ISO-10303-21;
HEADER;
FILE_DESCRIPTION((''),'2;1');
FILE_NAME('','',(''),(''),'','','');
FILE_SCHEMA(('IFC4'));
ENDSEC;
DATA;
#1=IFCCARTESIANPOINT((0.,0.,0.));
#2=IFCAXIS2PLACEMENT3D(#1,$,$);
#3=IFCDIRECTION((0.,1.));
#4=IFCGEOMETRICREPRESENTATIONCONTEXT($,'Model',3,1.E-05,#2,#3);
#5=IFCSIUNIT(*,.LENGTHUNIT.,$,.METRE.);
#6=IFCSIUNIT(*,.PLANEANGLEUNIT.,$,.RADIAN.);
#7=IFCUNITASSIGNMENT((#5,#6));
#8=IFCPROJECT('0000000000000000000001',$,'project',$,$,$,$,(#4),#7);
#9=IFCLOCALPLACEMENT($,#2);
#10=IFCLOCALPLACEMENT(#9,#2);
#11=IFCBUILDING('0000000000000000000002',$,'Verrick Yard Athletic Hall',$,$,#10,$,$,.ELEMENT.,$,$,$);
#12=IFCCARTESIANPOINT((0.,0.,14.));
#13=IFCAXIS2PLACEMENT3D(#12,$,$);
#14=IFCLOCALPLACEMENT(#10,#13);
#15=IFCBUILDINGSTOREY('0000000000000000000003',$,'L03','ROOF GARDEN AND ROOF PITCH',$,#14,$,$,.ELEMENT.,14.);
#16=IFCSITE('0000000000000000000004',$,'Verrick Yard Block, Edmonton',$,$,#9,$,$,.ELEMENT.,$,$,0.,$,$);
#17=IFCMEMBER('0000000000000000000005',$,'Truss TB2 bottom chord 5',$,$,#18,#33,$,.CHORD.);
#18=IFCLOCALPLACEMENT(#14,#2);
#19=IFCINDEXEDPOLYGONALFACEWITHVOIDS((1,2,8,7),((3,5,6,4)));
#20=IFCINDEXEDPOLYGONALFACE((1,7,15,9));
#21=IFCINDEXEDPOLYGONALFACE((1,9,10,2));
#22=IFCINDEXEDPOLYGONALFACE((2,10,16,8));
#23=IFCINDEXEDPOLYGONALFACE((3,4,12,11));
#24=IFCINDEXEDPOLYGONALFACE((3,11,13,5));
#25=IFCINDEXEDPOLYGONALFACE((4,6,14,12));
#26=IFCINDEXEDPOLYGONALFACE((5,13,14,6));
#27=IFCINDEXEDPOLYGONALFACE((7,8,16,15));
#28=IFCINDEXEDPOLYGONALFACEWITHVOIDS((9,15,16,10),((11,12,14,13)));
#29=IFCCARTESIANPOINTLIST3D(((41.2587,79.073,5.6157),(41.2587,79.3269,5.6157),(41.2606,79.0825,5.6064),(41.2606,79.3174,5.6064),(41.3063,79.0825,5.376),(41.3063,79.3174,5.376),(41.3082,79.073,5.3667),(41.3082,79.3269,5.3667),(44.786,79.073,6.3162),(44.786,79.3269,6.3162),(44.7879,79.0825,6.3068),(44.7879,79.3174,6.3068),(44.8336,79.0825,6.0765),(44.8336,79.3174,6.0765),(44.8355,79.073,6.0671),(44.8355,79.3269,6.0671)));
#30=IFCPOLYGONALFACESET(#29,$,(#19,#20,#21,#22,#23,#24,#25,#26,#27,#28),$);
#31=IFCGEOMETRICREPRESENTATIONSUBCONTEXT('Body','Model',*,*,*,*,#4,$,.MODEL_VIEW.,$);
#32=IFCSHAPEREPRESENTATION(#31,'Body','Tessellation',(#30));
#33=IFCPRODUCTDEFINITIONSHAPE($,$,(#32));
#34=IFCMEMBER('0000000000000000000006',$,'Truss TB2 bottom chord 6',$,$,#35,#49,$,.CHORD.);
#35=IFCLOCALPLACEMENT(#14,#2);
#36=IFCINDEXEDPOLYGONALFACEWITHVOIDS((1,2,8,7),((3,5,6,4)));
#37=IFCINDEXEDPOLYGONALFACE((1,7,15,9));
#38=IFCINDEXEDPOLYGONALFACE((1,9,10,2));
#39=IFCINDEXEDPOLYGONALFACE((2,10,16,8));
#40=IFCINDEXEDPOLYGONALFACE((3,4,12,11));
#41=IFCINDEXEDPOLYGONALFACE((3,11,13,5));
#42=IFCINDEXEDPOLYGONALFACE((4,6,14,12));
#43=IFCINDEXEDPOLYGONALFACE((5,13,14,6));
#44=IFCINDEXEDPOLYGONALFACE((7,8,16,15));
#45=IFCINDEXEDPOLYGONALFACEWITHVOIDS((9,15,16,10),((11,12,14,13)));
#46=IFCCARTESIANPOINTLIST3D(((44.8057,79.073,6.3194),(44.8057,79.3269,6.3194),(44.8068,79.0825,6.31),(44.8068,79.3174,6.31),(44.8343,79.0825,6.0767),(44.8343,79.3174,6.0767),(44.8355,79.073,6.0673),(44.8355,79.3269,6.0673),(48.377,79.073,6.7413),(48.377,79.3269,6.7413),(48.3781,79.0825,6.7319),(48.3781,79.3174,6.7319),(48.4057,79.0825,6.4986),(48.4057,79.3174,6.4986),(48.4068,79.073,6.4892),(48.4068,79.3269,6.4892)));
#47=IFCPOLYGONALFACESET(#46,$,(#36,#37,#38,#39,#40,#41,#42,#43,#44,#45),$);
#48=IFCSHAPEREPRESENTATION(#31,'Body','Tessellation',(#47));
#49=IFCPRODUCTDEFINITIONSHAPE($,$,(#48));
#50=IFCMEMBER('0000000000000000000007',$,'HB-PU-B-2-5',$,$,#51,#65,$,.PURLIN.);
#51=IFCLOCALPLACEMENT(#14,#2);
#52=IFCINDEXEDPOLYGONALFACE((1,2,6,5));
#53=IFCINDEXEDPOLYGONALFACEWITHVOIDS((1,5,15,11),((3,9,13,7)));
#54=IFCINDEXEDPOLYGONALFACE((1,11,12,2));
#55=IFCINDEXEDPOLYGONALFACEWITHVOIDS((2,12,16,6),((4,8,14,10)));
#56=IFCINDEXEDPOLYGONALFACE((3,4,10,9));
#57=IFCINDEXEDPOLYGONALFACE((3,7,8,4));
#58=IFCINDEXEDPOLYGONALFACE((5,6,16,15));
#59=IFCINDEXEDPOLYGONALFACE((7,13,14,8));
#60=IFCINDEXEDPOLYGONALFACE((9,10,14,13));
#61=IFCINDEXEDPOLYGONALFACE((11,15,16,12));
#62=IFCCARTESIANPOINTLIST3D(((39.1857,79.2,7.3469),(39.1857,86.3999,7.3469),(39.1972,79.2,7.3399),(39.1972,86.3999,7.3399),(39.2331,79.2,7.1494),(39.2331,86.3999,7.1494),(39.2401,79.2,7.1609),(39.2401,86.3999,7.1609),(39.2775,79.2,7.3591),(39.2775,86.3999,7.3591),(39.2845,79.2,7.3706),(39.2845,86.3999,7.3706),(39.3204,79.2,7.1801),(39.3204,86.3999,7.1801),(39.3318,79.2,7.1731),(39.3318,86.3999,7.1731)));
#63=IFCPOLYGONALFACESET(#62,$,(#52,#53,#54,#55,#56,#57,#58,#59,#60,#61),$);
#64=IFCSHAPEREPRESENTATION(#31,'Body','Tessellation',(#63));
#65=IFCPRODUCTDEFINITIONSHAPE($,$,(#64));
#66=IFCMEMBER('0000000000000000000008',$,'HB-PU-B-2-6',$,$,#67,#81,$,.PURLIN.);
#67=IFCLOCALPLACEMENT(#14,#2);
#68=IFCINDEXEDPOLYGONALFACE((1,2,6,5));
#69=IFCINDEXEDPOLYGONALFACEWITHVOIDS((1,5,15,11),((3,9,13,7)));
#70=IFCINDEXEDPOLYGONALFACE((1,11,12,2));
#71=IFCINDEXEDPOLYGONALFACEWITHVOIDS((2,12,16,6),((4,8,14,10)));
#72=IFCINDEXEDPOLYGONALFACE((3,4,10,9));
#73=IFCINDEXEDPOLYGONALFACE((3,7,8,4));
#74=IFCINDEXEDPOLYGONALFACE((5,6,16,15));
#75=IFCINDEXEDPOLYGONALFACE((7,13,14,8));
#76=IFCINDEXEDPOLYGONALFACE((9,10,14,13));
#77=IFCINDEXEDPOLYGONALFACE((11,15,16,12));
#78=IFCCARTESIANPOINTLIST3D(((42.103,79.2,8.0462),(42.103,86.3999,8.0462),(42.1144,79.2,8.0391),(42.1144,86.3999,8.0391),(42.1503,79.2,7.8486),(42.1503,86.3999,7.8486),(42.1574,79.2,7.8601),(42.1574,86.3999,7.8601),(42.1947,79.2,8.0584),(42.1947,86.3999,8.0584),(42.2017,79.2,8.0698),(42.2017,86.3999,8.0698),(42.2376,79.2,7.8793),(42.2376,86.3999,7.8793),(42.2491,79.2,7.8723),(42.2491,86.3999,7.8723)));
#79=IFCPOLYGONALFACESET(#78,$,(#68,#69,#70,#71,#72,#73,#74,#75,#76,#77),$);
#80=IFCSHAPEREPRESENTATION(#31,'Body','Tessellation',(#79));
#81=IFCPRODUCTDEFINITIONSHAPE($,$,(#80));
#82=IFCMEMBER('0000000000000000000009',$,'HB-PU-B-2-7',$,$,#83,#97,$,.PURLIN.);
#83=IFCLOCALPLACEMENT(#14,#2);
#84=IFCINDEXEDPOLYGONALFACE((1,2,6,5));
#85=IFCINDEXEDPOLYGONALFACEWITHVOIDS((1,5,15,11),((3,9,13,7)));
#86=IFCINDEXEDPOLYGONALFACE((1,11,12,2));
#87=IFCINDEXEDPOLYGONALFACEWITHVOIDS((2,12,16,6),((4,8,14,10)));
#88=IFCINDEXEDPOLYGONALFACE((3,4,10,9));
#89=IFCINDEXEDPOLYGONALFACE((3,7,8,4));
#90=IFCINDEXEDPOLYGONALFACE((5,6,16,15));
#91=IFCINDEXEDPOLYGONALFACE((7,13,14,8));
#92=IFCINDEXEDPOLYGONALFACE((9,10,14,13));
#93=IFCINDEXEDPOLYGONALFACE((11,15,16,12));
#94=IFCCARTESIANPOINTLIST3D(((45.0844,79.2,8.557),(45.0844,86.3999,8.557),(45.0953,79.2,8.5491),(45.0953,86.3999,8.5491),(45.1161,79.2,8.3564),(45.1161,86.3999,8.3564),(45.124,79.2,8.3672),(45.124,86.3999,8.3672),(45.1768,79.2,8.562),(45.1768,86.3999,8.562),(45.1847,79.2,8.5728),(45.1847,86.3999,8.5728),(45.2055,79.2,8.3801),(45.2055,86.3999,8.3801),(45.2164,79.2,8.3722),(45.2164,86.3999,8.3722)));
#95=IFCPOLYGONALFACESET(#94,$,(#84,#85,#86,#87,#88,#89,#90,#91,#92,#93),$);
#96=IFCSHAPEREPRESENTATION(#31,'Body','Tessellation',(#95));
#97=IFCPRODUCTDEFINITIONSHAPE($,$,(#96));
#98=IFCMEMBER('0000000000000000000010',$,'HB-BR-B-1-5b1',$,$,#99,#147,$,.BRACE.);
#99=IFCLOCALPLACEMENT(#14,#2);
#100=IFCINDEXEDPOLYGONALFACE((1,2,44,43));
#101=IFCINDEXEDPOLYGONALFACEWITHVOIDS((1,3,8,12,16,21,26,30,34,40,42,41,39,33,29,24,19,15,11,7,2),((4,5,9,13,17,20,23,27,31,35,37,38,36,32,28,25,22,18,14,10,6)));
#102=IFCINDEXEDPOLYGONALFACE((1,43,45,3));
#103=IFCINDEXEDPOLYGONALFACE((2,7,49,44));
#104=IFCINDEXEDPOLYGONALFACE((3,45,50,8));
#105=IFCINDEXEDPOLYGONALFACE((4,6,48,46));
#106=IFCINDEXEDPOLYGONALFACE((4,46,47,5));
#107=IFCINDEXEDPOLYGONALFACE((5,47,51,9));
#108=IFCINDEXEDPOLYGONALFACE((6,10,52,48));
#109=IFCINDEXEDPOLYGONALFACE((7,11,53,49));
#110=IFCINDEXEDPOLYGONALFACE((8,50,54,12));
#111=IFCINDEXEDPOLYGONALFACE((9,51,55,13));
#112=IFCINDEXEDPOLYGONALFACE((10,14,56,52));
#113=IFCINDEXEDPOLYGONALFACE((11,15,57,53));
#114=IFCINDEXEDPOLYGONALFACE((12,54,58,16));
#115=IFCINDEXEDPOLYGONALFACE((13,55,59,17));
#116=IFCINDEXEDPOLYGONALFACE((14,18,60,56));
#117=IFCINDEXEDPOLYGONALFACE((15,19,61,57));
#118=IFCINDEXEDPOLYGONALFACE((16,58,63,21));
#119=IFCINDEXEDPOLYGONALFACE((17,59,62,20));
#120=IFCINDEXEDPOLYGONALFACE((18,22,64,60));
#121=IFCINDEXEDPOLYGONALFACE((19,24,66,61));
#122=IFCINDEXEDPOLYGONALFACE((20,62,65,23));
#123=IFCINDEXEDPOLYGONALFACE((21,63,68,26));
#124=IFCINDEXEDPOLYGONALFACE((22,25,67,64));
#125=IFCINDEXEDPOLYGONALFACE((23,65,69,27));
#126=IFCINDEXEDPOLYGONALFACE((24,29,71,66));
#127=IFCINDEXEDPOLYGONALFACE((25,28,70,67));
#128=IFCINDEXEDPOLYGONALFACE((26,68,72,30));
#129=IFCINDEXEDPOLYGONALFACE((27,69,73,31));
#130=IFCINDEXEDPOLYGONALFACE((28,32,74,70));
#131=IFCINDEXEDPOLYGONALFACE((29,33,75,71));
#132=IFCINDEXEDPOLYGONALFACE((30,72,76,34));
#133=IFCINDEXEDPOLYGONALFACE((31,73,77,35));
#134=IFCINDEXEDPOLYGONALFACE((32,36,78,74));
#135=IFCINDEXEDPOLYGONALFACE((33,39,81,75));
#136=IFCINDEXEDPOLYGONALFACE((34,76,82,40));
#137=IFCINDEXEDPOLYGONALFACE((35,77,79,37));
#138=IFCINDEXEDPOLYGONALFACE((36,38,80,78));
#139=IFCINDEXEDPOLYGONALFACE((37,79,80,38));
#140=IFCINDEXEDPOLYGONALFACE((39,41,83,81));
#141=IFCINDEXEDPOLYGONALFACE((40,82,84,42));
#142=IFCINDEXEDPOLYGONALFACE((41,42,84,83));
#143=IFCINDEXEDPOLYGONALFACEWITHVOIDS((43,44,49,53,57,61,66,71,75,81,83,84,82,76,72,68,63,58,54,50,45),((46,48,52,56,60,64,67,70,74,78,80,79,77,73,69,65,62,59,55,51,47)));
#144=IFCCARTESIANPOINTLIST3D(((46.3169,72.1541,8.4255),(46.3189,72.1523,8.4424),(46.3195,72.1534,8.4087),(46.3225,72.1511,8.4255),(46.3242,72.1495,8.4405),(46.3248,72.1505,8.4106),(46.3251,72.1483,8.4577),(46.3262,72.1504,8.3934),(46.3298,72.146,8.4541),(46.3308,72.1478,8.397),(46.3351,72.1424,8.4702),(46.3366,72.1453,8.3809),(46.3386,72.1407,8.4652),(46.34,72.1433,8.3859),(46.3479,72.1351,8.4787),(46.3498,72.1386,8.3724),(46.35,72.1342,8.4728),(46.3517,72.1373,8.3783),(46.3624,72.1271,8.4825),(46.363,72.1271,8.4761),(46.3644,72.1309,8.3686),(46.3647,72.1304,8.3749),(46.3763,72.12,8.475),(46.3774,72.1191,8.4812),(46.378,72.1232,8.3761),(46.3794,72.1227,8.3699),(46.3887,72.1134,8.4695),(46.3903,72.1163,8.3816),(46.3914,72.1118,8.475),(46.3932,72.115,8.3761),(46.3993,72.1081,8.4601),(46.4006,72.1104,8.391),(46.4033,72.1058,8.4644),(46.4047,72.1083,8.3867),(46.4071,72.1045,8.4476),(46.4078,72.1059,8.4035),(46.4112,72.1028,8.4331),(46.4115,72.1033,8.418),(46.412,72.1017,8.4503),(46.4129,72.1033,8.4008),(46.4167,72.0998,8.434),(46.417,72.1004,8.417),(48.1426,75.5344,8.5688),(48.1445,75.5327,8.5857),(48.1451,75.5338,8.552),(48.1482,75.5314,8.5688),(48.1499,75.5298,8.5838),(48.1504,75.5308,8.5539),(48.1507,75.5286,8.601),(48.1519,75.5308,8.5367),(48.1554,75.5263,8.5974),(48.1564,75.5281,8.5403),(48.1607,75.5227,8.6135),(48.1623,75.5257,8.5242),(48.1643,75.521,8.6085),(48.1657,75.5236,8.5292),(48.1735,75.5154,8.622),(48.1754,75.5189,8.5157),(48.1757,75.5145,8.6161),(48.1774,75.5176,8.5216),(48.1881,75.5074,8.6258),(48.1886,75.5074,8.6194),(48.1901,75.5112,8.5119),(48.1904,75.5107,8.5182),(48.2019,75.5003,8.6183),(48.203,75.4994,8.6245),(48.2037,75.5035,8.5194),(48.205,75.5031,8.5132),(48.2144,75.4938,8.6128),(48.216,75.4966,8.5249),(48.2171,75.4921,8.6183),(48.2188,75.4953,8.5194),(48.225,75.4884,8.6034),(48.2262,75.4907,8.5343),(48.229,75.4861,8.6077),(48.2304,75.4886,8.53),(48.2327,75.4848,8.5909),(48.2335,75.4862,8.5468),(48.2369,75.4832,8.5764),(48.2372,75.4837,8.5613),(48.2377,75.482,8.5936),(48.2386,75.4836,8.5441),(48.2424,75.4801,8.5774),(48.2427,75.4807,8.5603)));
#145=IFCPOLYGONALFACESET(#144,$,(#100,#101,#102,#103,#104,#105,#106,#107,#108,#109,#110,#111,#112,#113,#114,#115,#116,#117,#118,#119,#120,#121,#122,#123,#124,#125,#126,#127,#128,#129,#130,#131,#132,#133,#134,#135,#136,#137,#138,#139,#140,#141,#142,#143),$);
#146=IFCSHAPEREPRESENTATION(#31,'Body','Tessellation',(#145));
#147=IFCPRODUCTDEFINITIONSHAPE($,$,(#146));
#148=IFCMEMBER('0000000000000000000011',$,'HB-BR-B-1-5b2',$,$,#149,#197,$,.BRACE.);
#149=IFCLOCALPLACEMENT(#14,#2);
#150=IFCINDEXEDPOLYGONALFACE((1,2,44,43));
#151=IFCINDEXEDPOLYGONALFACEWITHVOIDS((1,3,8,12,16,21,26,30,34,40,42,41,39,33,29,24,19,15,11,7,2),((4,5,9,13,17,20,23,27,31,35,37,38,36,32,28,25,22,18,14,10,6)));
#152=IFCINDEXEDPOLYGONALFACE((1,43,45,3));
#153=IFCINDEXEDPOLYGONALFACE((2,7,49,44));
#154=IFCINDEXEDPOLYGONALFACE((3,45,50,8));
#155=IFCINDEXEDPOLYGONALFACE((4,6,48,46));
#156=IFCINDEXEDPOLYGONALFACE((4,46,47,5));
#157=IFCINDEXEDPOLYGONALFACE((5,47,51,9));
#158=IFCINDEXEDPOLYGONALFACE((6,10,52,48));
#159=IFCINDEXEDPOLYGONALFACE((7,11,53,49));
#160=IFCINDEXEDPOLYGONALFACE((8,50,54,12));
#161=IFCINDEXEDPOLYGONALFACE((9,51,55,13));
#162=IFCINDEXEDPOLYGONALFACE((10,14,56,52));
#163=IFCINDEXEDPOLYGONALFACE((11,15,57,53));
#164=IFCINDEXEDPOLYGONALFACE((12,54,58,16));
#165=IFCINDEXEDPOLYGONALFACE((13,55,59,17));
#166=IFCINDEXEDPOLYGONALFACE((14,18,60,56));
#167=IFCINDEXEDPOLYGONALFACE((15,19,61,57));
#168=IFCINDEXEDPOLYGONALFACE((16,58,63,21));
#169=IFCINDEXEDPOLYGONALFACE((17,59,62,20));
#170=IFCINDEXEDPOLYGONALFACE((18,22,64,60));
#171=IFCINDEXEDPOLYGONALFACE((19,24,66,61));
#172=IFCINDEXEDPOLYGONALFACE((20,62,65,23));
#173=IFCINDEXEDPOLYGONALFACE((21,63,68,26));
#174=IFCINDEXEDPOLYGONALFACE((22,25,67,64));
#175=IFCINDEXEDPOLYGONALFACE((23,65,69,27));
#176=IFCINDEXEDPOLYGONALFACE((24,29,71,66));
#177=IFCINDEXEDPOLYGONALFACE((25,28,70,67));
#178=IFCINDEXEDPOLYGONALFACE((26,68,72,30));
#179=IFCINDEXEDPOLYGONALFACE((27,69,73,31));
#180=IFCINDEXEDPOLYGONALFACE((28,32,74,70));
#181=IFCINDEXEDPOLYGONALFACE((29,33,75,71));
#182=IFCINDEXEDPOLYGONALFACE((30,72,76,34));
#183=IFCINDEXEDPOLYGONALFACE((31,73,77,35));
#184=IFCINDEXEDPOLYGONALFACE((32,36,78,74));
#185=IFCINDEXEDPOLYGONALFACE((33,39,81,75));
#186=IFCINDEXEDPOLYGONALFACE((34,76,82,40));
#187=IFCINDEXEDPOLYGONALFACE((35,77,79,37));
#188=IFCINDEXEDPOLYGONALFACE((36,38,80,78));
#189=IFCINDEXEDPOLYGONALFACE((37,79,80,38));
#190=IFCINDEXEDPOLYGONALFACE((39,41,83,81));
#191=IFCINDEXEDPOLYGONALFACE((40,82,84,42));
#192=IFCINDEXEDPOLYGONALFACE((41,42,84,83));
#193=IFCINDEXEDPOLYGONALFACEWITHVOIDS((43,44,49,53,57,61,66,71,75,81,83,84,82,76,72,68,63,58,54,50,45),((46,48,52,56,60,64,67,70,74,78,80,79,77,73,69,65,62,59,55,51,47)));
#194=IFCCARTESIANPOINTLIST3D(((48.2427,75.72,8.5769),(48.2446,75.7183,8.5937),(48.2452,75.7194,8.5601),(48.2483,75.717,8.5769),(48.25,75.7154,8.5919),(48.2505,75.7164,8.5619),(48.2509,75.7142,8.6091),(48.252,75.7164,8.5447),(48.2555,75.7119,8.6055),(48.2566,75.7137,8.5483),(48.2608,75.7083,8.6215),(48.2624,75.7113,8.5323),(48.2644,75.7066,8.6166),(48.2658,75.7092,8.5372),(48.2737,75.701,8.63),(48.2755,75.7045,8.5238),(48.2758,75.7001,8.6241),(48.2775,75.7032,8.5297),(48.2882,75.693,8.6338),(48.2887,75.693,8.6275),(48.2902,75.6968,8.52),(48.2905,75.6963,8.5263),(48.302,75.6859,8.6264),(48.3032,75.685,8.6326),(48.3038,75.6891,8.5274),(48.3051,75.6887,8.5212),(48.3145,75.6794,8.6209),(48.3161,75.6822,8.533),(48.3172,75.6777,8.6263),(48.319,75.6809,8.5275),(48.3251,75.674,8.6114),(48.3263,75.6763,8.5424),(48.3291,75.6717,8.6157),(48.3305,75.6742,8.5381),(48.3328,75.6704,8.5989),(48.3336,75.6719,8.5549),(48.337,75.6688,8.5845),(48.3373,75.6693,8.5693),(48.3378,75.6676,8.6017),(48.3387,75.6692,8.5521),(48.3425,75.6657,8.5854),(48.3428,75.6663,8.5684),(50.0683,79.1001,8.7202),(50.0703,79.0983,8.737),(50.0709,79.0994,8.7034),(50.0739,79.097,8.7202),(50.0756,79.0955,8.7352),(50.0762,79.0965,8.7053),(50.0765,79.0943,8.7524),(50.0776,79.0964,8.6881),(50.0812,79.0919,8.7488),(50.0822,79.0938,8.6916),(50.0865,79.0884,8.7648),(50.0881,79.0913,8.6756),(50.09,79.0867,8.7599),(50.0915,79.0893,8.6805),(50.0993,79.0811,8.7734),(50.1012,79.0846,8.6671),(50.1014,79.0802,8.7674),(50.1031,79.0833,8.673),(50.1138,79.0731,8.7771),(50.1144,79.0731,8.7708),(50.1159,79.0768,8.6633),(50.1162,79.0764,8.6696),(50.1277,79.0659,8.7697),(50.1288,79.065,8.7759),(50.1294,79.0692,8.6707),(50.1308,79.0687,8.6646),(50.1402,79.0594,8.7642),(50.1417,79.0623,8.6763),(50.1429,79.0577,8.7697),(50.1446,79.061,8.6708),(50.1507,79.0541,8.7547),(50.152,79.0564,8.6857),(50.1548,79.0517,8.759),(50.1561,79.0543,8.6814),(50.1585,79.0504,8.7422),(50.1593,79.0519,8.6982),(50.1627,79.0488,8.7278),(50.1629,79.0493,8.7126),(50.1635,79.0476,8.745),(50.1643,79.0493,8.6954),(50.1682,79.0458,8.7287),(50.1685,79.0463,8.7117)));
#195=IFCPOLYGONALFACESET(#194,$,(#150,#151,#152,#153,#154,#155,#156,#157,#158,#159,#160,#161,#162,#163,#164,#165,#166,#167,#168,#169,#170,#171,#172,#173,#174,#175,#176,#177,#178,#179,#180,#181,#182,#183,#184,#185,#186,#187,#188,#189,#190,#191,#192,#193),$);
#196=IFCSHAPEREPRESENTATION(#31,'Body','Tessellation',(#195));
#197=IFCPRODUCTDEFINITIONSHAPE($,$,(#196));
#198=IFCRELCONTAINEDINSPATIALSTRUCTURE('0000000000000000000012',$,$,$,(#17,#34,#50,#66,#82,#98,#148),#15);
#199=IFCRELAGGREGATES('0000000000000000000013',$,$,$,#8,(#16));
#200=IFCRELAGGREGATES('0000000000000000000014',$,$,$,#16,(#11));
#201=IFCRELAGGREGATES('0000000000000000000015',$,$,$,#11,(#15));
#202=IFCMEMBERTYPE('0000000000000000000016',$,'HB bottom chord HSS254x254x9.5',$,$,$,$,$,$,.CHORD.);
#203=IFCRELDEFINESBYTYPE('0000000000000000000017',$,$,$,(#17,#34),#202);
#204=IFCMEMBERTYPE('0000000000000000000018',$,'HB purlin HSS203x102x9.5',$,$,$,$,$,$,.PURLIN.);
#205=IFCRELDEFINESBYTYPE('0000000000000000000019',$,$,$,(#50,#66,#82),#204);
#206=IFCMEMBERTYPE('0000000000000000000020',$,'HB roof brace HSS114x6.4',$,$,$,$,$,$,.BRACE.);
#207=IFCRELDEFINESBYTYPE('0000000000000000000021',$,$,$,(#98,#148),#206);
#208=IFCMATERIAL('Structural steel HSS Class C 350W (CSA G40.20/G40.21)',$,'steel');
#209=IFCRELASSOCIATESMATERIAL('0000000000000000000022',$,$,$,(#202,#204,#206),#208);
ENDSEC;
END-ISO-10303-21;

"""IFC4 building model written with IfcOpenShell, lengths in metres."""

from ifc_helpers import new_model, si_unit, direction, frame, origin, origin_2d, place, context, subcontext, project, spatial, hollow_rectangle, hollow_circle, extrude, material, material_profile, profile_set, type_object, element, save


model = new_model("IFC4")

# Units and contexts
model_context = context("Model", 3, precision=1e-05, world=origin(), true_north=direction((0.0, 1.0)))
body_context = subcontext(model_context, "Body", "Model", "MODEL_VIEW")
ifc_project = project(units=[si_unit("LENGTHUNIT", "METRE"), si_unit("PLANEANGLEUNIT", "RADIAN")], contexts=[model_context])

# Site, building, storey
site_placement = place(None, origin())
site = spatial("IfcSite", under=ifc_project, at=site_placement, Name="Verrick Yard Block, Edmonton", CompositionType="ELEMENT", RefElevation=0.0)
building_placement = place(site_placement, origin())
building = spatial("IfcBuilding", under=site, at=building_placement, Name="Verrick Yard Athletic Hall", CompositionType="ELEMENT")
storey_placement = place(building_placement, frame((0.0, 0.0, 14.0)))
storey = spatial("IfcBuildingStorey", under=building, at=storey_placement, Name="L03", Description="ROOF GARDEN AND ROOF PITCH", CompositionType="ELEMENT", Elevation=14.0)

# Members
ifc_material_1 = material(Name="Structural steel HSS Class C 350W (CSA G40.20/G40.21)", Category="steel")
ifc_material_profile_1 = material_profile(ifc_material_1, hollow_rectangle(XDim=0.2539, YDim=0.2539, WallThickness=0.0095, at=origin_2d()), Name="HSS254x254x9.5")
ifc_profile_set_1 = profile_set([ifc_material_profile_1], Name="Structural steel HSS Class C 350W (CSA G40.20/G40.21)")
member_type_1 = type_object("IfcMemberType", Name="HB bottom chord HSS254x254x9.5", PredefinedType="CHORD", material=ifc_profile_set_1)
for number, where, z_axis, x_axis, name in (
    (1, (41.2834, 79.2, 5.4912), (0.980849, 0.0, 0.194771), (0.0, 1.0, 0.0), "Truss TB2 bottom chord 5"),
    (2, (44.8206, 79.2, 6.1934), (0.993095, 0.0, 0.117314), (0.0, 1.0, 0.0), "Truss TB2 bottom chord 6"),
):
    element("IfcMember", number, at=place(storey_placement, frame(where, z_axis=z_axis, x_axis=x_axis)), inside=storey, type_object=member_type_1, Name=name, PredefinedType="CHORD", context=body_context, shape_type="SweptSolid", body=[
        extrude(hollow_rectangle(XDim=0.2539, YDim=0.2539, WallThickness=0.0095, at=origin_2d()), origin(), (0.0, 0.0, 1.0), 3.5962),
    ])
ifc_material_profile_2 = material_profile(ifc_material_1, hollow_rectangle(XDim=0.1016, YDim=0.2031, WallThickness=0.0095, at=origin_2d()), Name="HSS203x102x9.5")
ifc_profile_set_2 = profile_set([ifc_material_profile_2], Name="Structural steel HSS Class C 350W (CSA G40.20/G40.21)")
member_type_2 = type_object("IfcMemberType", Name="HB purlin HSS203x102x9.5", PredefinedType="PURLIN", material=ifc_profile_set_2)
for number, where, z_axis, x_axis, name in (
    (3, (39.2588, 79.2, 7.26), (0.0, 1.0, 0.0), (-0.972459, 0.0, -0.233074), "HB-PU-B-2-5"),
    (4, (42.176, 79.2, 7.9592), (0.0, 1.0, 0.0), (-0.972459, 0.0, -0.233074), "HB-PU-B-2-6"),
    (5, (45.1504, 79.2, 8.4646), (0.0, 1.0, 0.0), (-0.987728, 0.0, -0.156183), "HB-PU-B-2-7"),
):
    element("IfcMember", number, at=place(storey_placement, frame(where, z_axis=z_axis, x_axis=x_axis)), inside=storey, type_object=member_type_2, Name=name, PredefinedType="PURLIN", context=body_context, shape_type="SweptSolid", body=[
        extrude(hollow_rectangle(XDim=0.1016, YDim=0.2031, WallThickness=0.0095, at=origin_2d()), origin(), (0.0, 0.0, 1.0), 7.2),
    ])
ifc_material_profile_3 = material_profile(ifc_material_1, hollow_circle(Radius=0.0571, WallThickness=0.0063, at=origin_2d()), Name="HSS114x6.4")
ifc_profile_set_3 = profile_set([ifc_material_profile_3], Name="Structural steel HSS Class C 350W (CSA G40.20/G40.21)")
member_type_3 = type_object("IfcMemberType", Name="HB roof brace HSS114x6.4", PredefinedType="BRACE", material=ifc_profile_set_3)
member_1_placement = place(storey_placement, frame((46.3672, 72.127, 8.4255), z_axis=(0.474876, 0.879263, 0.037276), x_axis=(-0.879875, 0.475206, 0.0)))
element("IfcMember", 6, at=member_1_placement, inside=storey, type_object=member_type_3, Name="HB-BR-B-1-5b1", PredefinedType="BRACE", context=body_context, shape_type="SweptSolid", body=[
    extrude(hollow_circle(Radius=0.0571, WallThickness=0.0063, at=origin_2d()), origin(), (0.0, 0.0, 1.0), 3.8445),
])
member_2_placement = place(storey_placement, frame((48.293, 75.6929, 8.5769), z_axis=(0.474902, 0.879249, 0.037278), x_axis=(-0.87986, 0.475233, 0.0)))
element("IfcMember", 7, at=member_2_placement, inside=storey, type_object=member_type_3, Name="HB-BR-B-1-5b2", PredefinedType="BRACE", context=body_context, shape_type="SweptSolid", body=[
    extrude(hollow_circle(Radius=0.0571, WallThickness=0.0063, at=origin_2d()), origin(), (0.0, 0.0, 1.0), 3.8442),
])

save(model, "model.ifc")
